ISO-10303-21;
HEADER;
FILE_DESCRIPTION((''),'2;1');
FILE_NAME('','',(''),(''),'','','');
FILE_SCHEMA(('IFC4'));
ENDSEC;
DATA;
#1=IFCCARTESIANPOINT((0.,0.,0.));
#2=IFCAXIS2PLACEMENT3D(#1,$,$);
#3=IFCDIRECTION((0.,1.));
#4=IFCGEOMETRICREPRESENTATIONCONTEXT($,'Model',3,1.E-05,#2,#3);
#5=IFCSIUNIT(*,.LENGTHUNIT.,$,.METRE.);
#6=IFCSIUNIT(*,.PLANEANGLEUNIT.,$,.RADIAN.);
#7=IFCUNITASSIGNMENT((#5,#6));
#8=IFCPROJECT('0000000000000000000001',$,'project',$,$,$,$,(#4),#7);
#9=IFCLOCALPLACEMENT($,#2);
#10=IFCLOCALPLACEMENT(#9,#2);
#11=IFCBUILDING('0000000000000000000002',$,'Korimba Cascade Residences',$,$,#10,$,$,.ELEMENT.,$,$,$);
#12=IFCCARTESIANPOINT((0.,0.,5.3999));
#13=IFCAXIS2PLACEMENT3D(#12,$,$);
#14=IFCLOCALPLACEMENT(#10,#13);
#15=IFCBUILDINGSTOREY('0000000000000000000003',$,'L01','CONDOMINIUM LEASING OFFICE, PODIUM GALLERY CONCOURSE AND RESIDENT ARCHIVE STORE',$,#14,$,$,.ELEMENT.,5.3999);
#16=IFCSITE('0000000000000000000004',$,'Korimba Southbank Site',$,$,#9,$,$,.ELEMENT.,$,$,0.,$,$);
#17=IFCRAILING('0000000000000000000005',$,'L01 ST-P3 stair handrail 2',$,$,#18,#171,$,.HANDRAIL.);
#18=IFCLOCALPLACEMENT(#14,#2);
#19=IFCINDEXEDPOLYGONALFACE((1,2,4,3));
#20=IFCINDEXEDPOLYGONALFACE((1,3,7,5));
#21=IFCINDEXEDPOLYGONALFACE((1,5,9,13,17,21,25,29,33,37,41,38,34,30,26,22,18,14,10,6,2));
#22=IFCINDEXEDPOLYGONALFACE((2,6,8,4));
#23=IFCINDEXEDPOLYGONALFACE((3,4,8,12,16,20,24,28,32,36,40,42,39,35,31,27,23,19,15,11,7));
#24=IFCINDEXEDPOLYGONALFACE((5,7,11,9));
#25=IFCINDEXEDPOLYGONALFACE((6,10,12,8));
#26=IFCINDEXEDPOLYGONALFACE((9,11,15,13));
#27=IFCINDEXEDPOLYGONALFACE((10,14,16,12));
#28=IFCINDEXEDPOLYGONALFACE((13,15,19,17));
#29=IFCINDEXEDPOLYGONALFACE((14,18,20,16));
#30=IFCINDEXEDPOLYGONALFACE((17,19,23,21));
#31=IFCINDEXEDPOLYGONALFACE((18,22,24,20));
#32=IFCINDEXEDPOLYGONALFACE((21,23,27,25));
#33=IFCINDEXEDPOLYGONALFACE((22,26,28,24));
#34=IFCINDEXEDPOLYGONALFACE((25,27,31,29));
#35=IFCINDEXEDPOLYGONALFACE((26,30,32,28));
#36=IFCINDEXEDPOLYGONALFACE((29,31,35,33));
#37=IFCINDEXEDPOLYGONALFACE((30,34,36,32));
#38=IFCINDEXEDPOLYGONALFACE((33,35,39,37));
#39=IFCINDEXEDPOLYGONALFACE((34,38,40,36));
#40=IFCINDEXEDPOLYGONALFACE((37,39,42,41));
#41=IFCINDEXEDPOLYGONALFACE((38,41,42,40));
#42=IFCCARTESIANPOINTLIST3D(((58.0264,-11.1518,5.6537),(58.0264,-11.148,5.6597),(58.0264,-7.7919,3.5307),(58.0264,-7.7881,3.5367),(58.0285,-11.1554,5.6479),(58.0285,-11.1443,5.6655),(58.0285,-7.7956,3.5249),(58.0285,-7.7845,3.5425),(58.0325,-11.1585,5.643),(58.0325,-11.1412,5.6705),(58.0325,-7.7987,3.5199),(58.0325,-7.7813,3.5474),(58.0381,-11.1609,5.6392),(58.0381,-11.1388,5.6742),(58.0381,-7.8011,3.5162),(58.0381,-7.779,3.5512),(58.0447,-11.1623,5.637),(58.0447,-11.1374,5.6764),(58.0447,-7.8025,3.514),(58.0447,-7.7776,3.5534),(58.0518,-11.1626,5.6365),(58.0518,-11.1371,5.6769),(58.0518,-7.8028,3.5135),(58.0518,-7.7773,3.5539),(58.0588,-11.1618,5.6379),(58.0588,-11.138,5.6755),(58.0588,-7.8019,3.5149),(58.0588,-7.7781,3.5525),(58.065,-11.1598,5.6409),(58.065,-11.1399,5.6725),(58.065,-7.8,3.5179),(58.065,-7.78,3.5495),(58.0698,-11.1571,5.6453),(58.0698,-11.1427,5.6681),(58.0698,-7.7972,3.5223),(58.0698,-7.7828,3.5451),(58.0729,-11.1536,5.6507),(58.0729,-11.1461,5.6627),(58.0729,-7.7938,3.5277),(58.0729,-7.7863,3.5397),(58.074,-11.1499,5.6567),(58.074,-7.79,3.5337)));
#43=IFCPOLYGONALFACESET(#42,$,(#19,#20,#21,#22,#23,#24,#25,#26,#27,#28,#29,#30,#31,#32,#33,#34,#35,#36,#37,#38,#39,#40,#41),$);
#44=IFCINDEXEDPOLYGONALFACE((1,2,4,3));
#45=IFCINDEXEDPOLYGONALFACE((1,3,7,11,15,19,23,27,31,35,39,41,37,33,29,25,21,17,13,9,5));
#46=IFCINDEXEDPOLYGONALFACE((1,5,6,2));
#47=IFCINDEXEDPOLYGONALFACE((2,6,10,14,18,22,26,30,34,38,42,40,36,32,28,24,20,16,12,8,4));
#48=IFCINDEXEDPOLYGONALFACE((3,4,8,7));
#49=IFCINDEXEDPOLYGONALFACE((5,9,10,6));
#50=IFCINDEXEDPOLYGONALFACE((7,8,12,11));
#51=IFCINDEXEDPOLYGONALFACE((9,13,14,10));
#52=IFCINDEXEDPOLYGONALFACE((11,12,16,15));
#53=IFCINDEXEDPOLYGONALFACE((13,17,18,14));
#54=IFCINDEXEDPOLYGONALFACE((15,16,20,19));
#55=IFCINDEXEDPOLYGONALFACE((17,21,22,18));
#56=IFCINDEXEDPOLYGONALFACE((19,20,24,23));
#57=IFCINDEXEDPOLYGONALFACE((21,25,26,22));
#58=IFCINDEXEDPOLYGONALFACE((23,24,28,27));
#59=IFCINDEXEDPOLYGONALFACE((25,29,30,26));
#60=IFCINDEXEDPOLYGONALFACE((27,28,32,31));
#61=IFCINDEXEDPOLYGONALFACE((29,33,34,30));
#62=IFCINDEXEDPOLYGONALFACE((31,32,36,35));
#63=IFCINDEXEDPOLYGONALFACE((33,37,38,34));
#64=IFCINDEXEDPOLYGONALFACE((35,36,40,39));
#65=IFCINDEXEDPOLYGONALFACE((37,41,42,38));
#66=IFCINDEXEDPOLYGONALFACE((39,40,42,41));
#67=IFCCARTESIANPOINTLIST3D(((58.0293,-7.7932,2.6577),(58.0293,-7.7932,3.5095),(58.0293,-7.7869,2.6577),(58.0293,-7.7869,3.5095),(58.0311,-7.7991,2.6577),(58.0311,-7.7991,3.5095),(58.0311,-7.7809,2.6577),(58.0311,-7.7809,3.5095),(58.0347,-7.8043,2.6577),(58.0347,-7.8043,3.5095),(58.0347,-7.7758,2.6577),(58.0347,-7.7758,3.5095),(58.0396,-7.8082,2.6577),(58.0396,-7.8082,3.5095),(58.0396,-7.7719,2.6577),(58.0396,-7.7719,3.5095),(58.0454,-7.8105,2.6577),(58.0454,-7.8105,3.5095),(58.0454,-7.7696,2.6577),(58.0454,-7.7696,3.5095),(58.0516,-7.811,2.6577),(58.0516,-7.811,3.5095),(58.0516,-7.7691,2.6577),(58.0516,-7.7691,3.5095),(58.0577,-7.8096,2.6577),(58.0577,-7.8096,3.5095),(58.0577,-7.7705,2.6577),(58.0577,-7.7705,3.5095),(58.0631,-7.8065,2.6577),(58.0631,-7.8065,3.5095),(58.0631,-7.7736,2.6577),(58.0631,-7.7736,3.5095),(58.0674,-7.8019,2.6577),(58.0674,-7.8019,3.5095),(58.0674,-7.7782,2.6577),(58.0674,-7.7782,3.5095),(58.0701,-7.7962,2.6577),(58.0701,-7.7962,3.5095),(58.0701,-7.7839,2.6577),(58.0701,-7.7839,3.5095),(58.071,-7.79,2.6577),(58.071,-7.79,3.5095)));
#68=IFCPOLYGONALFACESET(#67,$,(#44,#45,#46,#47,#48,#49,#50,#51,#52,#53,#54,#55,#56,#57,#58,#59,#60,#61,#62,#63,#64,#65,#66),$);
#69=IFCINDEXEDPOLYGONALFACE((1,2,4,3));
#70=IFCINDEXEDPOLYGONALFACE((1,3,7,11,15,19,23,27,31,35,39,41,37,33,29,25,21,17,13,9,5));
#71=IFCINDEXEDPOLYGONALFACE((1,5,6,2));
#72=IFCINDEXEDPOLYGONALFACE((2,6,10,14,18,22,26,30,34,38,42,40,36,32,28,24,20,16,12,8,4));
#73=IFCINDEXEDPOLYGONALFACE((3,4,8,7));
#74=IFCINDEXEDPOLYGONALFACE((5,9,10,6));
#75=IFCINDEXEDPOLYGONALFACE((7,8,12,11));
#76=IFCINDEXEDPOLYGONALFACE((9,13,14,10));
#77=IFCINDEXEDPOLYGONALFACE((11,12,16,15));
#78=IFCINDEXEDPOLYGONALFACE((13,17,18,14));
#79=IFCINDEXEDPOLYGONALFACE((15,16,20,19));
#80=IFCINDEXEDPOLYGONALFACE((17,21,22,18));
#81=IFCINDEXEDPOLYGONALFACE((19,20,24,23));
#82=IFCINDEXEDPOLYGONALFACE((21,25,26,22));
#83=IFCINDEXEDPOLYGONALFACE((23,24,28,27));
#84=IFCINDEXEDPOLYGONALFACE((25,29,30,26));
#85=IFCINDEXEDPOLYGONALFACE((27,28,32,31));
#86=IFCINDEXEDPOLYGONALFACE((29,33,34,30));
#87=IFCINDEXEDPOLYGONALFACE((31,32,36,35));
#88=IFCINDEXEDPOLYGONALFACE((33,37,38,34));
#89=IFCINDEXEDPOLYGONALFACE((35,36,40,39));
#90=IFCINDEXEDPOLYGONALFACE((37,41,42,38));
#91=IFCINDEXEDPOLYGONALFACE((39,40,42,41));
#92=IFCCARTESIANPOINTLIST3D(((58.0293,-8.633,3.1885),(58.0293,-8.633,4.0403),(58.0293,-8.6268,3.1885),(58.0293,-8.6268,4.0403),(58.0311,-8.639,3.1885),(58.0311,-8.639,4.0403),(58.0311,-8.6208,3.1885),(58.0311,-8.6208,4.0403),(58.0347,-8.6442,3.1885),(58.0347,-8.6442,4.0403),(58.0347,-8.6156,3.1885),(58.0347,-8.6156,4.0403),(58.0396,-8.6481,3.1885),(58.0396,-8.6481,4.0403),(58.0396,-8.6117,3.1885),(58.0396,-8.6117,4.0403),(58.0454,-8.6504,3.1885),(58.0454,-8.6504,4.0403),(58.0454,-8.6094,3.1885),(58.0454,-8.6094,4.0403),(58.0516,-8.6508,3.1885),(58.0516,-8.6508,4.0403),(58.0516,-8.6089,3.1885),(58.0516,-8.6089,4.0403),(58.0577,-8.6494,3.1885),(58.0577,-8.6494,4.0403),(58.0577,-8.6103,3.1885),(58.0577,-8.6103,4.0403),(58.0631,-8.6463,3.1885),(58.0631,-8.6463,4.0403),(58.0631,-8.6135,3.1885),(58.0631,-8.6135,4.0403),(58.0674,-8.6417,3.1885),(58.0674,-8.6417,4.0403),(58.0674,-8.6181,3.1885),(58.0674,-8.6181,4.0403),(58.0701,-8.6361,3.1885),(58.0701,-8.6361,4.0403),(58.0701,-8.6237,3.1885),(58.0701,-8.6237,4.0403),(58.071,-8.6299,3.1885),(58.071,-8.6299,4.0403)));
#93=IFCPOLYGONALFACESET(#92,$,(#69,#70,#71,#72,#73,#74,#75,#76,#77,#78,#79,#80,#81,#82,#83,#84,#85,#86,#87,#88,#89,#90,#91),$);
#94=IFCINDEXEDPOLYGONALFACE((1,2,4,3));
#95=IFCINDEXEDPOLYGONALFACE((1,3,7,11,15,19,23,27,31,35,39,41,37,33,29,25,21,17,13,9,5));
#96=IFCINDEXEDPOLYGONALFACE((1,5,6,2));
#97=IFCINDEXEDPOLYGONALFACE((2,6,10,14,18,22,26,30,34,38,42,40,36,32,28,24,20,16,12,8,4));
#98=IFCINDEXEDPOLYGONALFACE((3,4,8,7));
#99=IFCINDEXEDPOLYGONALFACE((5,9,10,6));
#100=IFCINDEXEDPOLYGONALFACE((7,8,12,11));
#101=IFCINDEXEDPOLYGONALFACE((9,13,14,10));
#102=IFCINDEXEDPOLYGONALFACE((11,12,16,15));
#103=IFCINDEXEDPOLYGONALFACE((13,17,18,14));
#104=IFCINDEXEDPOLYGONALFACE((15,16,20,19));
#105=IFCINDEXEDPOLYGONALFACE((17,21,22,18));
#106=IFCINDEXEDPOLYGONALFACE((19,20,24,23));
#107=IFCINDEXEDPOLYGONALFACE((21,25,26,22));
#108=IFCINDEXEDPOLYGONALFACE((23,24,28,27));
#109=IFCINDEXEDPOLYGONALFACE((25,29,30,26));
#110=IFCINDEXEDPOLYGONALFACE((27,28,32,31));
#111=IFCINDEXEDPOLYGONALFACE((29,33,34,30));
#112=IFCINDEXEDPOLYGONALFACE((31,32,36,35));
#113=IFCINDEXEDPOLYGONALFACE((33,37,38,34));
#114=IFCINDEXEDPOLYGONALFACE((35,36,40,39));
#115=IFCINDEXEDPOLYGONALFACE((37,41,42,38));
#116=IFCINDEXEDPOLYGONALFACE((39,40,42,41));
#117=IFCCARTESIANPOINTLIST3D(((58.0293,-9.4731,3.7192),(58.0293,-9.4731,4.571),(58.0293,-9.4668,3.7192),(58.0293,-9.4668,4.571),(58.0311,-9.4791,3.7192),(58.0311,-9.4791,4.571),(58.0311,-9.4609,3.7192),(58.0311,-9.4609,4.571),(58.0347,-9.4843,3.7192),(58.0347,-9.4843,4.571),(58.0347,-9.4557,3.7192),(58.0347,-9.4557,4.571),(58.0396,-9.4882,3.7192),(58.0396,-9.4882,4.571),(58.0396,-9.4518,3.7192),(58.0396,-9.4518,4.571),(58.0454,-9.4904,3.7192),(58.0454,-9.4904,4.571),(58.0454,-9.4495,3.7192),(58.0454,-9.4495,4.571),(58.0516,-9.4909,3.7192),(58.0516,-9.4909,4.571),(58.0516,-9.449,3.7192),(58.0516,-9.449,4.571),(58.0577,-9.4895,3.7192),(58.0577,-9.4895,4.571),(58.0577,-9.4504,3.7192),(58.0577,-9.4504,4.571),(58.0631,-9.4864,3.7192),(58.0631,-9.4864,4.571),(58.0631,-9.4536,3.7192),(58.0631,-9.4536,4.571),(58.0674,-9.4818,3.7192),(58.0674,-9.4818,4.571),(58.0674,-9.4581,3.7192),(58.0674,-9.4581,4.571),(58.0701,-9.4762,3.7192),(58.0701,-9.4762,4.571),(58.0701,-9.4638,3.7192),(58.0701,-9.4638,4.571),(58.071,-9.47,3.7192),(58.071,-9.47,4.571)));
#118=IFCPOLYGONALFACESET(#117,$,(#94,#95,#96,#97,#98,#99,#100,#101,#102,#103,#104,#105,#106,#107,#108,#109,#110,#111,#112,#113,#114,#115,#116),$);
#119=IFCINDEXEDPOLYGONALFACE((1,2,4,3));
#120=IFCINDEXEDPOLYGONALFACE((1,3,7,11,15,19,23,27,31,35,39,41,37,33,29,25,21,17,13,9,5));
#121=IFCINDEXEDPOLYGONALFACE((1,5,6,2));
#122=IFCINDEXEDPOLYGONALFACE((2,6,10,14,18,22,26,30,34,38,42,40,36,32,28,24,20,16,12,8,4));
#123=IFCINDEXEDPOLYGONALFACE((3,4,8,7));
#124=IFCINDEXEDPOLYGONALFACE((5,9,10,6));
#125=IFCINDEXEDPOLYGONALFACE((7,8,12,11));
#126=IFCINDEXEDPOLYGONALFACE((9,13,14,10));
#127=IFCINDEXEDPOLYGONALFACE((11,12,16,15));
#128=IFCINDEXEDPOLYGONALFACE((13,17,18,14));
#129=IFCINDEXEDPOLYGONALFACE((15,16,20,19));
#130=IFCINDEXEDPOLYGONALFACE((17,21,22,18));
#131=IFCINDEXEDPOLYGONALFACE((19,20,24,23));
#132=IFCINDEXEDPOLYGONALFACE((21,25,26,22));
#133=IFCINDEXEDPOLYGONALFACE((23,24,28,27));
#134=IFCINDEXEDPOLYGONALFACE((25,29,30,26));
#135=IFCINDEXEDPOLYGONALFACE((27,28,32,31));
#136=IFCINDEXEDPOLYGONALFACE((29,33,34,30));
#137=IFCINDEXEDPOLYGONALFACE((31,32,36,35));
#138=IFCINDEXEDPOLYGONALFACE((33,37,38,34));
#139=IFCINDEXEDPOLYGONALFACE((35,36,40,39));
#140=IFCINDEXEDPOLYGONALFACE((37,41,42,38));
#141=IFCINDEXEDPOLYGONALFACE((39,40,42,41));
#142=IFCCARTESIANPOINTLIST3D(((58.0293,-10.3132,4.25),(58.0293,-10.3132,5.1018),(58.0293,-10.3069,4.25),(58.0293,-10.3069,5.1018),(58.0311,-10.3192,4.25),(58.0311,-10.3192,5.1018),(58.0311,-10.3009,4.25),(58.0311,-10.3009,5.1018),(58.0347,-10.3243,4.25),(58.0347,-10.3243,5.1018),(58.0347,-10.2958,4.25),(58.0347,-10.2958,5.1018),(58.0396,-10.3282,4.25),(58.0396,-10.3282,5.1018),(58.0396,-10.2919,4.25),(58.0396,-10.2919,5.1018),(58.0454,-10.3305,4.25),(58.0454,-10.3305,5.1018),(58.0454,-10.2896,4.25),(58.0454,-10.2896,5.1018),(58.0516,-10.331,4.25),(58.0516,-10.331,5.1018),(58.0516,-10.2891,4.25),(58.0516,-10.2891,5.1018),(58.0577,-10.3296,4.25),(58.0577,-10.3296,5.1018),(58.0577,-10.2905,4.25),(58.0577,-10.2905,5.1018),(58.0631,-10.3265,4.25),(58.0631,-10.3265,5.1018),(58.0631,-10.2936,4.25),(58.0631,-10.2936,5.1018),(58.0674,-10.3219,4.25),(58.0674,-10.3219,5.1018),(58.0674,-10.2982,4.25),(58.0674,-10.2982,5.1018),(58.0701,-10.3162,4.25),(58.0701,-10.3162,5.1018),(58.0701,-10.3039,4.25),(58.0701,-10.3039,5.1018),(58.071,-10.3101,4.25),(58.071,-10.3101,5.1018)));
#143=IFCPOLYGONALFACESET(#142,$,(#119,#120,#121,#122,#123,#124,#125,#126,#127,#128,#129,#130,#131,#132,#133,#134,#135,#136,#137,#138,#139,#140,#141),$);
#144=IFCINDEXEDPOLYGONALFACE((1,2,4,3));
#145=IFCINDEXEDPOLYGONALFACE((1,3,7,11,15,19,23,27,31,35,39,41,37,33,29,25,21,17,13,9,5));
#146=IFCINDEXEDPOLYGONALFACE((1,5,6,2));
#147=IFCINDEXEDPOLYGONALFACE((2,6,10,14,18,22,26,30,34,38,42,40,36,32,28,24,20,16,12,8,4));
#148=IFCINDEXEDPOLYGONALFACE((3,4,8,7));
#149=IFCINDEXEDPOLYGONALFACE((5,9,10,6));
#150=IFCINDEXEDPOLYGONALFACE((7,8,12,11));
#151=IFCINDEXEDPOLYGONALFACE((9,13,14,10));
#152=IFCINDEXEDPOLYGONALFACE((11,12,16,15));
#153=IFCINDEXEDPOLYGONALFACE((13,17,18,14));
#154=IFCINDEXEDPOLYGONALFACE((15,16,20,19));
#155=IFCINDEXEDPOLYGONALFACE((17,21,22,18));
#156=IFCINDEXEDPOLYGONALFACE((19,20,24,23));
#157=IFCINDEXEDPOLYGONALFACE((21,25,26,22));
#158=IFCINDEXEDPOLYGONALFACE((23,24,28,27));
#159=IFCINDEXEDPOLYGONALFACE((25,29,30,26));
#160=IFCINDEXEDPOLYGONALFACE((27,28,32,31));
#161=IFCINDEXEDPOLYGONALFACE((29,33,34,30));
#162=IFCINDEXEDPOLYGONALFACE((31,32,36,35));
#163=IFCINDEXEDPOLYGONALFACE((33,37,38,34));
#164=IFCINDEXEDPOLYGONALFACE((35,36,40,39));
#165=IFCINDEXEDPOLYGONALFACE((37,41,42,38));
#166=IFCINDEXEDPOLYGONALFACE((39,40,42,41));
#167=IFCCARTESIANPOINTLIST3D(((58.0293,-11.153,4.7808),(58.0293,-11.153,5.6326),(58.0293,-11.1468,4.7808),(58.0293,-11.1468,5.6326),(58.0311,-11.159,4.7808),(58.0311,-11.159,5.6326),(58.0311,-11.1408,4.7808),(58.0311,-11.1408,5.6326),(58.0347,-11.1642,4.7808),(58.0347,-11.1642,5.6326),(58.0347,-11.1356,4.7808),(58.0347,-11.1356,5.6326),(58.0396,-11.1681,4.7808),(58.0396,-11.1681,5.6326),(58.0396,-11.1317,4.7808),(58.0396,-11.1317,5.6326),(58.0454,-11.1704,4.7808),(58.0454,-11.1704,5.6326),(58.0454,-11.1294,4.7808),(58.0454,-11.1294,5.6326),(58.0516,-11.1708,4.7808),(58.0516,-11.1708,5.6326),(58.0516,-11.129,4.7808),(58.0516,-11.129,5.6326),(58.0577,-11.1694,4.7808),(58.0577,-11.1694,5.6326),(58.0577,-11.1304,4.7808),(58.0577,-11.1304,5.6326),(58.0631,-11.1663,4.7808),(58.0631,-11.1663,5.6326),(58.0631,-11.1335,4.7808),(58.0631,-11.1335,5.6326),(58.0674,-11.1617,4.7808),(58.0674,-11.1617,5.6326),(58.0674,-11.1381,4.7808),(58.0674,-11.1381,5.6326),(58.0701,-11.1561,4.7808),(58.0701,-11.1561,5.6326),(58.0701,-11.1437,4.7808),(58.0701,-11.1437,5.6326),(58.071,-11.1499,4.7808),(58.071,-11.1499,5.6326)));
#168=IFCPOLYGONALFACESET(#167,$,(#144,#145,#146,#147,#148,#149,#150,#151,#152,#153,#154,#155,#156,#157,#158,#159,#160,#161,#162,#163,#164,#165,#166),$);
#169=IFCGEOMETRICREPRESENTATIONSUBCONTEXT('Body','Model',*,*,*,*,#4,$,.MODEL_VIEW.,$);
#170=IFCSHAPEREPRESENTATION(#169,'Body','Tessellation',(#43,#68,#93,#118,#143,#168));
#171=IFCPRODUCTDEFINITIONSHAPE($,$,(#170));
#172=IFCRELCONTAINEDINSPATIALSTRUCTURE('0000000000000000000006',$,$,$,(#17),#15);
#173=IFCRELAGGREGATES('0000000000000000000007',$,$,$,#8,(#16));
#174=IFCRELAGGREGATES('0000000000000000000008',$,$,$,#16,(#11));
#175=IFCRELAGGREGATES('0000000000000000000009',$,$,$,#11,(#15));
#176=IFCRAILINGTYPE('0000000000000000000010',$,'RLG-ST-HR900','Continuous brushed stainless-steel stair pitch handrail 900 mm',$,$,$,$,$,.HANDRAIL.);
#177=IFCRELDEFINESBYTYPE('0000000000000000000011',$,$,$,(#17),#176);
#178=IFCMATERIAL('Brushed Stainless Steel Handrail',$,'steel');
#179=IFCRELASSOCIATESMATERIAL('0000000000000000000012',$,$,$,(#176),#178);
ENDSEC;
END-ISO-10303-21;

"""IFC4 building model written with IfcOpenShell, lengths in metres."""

from ifc_helpers import new_model, si_unit, direction, frame, origin, origin_2d, place, context, subcontext, project, spatial, circle, extrude, material, type_object, element, save


model = new_model("IFC4")

# Units and contexts
model_context = context("Model", 3, precision=1e-05, world=origin(), true_north=direction((0.0, 1.0)))
body_context = subcontext(model_context, "Body", "Model", "MODEL_VIEW")
ifc_project = project(units=[si_unit("LENGTHUNIT", "METRE"), si_unit("PLANEANGLEUNIT", "RADIAN")], contexts=[model_context])

# Site, building, storey
site_placement = place(None, origin())
site = spatial("IfcSite", under=ifc_project, at=site_placement, Name="Korimba Southbank Site", CompositionType="ELEMENT", RefElevation=0.0)
building_placement = place(site_placement, origin())
building = spatial("IfcBuilding", under=site, at=building_placement, Name="Korimba Cascade Residences", CompositionType="ELEMENT")
storey_placement = place(building_placement, frame((0.0, 0.0, 5.3999)))
storey = spatial("IfcBuildingStorey", under=building, at=storey_placement, Name="L01", Description="CONDOMINIUM LEASING OFFICE, PODIUM GALLERY CONCOURSE AND RESIDENT ARCHIVE STORE", CompositionType="ELEMENT", Elevation=5.3999)

# Railing
ifc_material_1 = material(Name="Brushed Stainless Steel Handrail", Category="steel")
railing_type_1 = type_object("IfcRailingType", Name="RLG-ST-HR900", Description="Continuous brushed stainless-steel stair pitch handrail 900 mm", PredefinedType="HANDRAIL", material=ifc_material_1)
railing_1_placement = place(storey_placement, frame((58.05, -7.79, 2.6577)))
element("IfcRailing", 1, at=railing_1_placement, inside=storey, type_object=railing_type_1, Name="L01 ST-P3 stair handrail 2", PredefinedType="HANDRAIL", context=body_context, shape_type="SweptSolid", body=[
    extrude(circle(Radius=0.0239, at=origin_2d()), frame((0.0, 0.0, 0.876), z_axis=(0.0, -0.845372, 0.534178), x_axis=(1.0, 0.0, 0.0)), (0.0, 0.0, 1.0), 3.9744),
    extrude(circle(Radius=0.021, at=origin_2d()), origin(), (0.0, 0.0, 1.0), 0.8518),
    extrude(circle(Radius=0.021, at=origin_2d()), frame((0.0, -0.8398, 0.5308)), (0.0, 0.0, 1.0), 0.8518),
    extrude(circle(Radius=0.021, at=origin_2d()), frame((0.0, -1.6799, 1.0615)), (0.0, 0.0, 1.0), 0.8518),
    extrude(circle(Radius=0.021, at=origin_2d()), frame((0.0, -2.52, 1.5923)), (0.0, 0.0, 1.0), 0.8518),
    extrude(circle(Radius=0.021, at=origin_2d()), frame((0.0, -3.3599, 2.123)), (0.0, 0.0, 1.0), 0.8518),
])

save(model, "model.ifc")
